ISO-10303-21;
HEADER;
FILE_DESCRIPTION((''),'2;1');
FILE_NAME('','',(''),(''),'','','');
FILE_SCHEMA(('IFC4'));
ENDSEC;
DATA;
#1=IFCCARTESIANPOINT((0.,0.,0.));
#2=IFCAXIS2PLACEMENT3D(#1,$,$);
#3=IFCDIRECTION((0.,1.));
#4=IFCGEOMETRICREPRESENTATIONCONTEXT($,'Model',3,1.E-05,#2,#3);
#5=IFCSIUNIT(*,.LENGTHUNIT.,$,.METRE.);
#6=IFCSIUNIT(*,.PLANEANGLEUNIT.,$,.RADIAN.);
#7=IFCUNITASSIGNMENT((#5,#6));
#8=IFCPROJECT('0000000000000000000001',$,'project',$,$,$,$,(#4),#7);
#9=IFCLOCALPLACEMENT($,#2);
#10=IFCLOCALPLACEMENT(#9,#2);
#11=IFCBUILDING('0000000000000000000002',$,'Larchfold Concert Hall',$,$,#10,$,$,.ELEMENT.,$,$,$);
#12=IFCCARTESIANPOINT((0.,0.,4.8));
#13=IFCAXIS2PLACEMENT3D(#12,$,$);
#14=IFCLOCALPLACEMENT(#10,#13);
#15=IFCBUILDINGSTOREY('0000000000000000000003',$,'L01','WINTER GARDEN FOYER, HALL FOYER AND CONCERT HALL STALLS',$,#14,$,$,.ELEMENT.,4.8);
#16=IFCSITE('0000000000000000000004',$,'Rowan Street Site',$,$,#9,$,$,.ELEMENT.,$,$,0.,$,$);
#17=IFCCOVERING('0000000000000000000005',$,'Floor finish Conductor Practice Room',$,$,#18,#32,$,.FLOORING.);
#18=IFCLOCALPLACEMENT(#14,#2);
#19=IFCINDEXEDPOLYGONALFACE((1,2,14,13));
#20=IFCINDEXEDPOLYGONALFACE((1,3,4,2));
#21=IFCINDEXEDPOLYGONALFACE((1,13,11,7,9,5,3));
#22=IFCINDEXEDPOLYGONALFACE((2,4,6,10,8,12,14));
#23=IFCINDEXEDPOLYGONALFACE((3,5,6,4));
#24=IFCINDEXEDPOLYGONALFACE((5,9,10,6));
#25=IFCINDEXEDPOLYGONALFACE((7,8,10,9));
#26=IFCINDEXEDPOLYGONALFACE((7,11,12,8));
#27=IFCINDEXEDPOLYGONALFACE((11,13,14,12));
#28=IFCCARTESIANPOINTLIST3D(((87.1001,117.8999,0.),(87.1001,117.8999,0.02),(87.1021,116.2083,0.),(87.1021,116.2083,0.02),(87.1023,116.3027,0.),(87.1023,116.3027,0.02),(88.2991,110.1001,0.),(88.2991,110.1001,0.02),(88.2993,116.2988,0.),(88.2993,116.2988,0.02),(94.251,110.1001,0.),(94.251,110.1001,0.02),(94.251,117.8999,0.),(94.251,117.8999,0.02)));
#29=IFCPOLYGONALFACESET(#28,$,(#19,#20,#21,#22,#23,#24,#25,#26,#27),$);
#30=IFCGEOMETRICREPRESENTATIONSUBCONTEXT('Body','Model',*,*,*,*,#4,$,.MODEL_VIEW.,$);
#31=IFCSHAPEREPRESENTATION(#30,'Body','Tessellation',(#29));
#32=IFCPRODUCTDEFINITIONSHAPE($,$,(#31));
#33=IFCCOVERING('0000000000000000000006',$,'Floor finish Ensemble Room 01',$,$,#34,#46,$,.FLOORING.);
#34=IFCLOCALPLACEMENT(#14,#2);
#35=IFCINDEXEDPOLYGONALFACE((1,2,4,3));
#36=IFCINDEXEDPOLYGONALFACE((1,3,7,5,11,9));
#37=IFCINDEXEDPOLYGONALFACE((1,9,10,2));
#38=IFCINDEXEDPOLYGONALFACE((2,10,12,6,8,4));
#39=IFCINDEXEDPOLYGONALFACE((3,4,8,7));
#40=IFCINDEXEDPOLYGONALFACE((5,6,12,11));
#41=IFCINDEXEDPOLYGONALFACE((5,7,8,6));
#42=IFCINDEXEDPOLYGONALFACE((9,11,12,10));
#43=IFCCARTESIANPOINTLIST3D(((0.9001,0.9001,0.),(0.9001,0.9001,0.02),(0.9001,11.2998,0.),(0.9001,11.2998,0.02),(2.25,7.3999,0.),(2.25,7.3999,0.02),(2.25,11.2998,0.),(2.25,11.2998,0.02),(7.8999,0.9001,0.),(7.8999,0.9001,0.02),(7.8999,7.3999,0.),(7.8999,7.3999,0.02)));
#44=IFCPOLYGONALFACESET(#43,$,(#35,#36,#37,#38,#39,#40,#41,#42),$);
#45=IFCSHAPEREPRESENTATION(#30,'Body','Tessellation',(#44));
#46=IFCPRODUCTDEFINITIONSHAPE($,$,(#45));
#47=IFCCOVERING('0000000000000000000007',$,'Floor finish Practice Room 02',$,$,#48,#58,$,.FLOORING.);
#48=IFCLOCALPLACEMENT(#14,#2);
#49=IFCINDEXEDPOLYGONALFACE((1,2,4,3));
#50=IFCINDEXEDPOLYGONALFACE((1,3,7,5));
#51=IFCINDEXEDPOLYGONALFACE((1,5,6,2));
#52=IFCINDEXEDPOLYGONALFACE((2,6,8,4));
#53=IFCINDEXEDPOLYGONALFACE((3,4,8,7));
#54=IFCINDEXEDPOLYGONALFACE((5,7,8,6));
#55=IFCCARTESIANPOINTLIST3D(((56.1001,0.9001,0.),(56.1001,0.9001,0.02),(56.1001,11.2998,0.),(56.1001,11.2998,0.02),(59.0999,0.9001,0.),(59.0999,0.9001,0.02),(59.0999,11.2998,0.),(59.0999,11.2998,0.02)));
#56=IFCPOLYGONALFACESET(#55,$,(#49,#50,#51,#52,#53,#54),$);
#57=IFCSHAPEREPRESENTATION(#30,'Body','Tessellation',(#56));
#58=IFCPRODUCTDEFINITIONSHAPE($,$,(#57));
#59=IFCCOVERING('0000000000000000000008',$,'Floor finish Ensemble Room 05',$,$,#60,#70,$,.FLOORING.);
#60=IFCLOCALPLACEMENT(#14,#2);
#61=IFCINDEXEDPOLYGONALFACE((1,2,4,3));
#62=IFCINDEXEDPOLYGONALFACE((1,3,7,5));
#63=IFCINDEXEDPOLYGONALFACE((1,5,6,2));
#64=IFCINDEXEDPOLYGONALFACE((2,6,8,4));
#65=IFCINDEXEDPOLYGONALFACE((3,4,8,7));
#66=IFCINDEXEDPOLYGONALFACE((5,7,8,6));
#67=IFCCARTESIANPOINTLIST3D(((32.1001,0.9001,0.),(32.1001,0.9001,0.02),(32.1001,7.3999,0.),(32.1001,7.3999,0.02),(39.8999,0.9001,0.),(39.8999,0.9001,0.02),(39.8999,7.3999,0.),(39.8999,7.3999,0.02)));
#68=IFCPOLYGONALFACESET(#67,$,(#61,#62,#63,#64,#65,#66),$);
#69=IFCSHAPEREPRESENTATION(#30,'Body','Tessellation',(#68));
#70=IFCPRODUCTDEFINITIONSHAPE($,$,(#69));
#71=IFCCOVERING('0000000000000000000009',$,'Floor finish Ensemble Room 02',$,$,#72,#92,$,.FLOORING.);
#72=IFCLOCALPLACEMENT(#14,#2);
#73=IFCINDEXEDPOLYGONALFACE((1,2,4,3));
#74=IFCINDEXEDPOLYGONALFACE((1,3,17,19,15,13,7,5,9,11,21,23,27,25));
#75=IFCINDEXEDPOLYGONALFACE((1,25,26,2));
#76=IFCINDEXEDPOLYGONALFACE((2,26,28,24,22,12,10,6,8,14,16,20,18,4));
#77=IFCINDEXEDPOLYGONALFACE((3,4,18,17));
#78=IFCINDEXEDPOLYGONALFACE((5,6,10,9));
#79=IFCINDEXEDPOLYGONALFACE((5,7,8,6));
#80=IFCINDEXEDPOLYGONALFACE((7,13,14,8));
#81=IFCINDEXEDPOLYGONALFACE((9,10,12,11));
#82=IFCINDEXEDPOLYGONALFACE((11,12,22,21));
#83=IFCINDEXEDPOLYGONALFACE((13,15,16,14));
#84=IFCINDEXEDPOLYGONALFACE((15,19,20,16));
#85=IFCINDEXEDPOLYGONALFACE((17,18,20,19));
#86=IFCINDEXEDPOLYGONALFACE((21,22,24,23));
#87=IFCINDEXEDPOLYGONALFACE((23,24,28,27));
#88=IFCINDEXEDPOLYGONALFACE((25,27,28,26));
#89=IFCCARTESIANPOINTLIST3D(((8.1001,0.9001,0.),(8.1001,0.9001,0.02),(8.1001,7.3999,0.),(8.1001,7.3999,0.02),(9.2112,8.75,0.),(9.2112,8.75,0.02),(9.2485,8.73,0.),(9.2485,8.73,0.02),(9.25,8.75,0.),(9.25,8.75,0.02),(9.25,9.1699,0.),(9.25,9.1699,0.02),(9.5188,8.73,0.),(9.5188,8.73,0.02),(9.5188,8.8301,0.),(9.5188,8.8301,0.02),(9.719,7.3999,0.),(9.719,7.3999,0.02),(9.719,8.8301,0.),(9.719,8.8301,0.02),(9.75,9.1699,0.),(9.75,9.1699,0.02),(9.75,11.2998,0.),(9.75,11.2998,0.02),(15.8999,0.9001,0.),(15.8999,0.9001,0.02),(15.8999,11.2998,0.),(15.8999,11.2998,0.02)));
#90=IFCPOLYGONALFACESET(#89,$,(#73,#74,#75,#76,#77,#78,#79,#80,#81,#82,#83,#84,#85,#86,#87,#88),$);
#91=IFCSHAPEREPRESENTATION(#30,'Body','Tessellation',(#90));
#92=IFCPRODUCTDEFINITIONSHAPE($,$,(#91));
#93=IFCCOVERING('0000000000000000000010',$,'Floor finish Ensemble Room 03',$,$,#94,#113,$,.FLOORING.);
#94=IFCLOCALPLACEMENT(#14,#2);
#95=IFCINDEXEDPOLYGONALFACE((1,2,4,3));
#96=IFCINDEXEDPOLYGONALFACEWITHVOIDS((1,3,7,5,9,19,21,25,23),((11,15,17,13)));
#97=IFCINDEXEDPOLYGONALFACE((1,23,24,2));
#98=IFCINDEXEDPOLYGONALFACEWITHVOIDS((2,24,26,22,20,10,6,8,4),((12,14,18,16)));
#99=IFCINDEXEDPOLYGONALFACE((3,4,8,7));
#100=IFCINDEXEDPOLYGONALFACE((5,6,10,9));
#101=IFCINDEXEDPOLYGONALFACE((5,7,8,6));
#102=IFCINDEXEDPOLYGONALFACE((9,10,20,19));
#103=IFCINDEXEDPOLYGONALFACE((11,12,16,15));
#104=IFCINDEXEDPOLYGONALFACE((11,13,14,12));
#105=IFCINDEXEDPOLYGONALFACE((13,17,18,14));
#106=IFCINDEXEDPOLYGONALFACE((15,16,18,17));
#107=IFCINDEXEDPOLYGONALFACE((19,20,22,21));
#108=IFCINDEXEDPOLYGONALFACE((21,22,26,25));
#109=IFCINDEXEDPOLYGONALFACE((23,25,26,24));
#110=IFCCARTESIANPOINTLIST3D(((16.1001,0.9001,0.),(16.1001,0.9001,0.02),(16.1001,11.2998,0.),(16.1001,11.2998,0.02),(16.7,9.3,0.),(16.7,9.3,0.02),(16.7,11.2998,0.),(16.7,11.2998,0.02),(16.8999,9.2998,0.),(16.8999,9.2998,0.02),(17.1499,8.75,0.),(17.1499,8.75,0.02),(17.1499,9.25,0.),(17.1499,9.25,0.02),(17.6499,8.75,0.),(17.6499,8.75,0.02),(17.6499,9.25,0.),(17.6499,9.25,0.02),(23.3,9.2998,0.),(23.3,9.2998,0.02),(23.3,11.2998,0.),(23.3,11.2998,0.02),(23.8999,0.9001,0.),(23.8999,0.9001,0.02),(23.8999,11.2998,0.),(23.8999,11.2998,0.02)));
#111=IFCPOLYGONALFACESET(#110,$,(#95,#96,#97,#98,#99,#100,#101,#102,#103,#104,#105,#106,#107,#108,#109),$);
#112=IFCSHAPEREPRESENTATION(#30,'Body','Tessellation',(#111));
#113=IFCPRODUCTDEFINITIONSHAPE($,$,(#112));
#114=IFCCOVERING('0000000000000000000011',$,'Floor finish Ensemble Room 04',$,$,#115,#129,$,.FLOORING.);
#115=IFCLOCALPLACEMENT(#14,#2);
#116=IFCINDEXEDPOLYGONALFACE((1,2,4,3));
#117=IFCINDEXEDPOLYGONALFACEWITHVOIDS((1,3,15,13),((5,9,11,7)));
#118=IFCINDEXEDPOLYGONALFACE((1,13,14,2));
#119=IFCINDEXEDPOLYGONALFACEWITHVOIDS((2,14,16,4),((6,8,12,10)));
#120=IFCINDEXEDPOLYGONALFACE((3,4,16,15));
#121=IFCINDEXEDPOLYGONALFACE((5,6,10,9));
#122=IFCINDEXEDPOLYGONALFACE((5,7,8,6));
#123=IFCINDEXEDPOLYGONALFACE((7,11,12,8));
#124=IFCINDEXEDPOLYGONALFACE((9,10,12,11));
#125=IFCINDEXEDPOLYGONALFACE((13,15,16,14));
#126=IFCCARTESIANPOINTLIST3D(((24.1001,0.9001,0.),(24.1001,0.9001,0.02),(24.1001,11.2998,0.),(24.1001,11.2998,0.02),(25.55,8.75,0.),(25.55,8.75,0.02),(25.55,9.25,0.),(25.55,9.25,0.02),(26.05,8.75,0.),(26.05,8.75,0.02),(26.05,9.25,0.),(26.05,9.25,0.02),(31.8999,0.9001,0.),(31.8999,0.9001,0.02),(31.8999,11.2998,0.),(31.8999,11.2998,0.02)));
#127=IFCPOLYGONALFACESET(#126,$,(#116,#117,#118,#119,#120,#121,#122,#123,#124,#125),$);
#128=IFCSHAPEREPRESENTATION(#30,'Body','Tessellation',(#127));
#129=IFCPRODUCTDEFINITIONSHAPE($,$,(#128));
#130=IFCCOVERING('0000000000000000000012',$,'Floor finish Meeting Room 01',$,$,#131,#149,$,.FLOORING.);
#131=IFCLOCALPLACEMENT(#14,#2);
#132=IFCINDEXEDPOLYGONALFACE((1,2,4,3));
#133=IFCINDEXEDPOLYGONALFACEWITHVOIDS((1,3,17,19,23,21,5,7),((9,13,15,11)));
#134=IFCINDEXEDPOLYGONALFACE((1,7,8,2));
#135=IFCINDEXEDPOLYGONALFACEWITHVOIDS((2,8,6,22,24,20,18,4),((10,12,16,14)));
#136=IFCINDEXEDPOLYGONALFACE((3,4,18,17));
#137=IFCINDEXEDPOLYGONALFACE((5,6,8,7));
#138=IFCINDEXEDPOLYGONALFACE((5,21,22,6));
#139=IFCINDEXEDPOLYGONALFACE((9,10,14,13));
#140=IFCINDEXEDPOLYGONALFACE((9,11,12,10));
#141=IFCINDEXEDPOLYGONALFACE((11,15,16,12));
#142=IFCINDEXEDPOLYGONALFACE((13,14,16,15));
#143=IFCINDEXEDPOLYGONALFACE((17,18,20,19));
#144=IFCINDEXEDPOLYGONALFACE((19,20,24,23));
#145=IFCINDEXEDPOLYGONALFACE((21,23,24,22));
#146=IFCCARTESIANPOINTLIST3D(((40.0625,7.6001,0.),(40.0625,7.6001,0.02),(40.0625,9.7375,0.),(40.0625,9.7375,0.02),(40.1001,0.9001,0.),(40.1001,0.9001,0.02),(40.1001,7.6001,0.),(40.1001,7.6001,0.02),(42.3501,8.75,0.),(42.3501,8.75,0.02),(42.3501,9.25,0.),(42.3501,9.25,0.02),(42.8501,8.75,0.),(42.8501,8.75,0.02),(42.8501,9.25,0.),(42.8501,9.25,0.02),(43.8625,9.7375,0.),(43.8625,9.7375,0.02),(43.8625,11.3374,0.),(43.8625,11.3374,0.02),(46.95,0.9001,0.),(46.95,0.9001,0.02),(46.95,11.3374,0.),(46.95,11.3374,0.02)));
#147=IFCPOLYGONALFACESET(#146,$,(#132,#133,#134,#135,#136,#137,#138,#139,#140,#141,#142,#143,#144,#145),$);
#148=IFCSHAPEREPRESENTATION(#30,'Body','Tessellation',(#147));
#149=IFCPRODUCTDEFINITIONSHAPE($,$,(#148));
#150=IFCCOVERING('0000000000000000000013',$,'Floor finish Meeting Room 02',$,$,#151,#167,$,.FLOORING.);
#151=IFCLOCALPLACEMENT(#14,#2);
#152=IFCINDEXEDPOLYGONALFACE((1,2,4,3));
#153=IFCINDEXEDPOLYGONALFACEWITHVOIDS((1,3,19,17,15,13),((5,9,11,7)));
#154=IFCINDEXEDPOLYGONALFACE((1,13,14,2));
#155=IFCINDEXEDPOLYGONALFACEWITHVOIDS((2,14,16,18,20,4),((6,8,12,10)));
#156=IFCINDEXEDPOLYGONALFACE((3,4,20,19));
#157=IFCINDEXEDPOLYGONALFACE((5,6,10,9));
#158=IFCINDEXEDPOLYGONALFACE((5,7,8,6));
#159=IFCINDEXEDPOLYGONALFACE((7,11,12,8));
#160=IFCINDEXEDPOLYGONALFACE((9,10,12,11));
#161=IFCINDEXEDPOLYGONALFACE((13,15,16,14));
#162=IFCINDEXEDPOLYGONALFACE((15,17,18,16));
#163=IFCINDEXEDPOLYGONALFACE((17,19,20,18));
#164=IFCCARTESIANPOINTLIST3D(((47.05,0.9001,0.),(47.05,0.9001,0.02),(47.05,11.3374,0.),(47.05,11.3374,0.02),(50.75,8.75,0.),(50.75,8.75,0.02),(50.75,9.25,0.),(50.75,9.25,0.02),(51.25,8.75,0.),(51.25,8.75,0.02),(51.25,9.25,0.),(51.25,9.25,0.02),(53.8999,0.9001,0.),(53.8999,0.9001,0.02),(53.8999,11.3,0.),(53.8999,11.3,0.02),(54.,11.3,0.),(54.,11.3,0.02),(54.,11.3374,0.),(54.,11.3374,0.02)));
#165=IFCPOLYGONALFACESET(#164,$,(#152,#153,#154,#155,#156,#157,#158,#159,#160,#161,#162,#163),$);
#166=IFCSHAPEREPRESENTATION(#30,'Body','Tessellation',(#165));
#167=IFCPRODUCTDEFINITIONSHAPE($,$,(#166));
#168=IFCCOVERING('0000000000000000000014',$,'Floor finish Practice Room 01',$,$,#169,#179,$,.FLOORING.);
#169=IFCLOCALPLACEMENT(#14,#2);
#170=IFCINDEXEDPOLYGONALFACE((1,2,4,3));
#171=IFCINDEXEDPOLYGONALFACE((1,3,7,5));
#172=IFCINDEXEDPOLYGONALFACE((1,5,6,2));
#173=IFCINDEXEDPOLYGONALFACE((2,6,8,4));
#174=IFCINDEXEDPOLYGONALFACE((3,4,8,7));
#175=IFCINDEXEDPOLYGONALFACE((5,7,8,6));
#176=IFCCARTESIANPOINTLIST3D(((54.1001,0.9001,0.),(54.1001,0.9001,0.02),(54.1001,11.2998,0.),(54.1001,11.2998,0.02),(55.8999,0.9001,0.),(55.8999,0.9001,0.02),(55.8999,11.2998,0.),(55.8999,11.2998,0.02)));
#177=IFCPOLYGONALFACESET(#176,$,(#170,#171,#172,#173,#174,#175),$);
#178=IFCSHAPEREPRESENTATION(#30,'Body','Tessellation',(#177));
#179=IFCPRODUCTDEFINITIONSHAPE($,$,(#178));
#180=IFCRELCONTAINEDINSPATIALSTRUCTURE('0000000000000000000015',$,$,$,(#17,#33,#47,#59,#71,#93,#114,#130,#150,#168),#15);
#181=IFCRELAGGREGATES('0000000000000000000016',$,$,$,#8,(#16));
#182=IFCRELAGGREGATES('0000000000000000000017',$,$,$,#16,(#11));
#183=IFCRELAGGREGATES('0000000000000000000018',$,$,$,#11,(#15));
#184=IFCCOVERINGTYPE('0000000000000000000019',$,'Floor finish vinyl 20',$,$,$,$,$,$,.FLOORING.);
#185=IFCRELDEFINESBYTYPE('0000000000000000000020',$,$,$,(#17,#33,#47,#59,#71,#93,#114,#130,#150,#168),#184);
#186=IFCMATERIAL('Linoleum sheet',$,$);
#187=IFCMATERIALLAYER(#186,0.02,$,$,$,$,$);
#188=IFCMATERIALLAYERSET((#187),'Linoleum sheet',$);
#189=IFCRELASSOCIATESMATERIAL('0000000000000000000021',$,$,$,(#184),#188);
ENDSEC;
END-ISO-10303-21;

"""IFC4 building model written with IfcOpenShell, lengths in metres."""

from ifc_helpers import new_model, si_unit, direction, frame, origin, place, context, subcontext, project, spatial, polyline, outline, extrude, material, layer, layer_set, type_object, element, save


model = new_model("IFC4")

# Units and contexts
model_context = context("Model", 3, precision=1e-05, world=origin(), true_north=direction((0.0, 1.0)))
body_context = subcontext(model_context, "Body", "Model", "MODEL_VIEW")
ifc_project = project(units=[si_unit("LENGTHUNIT", "METRE"), si_unit("PLANEANGLEUNIT", "RADIAN")], contexts=[model_context])

# Site, building, storey
site_placement = place(None, origin())
site = spatial("IfcSite", under=ifc_project, at=site_placement, Name="Rowan Street Site", CompositionType="ELEMENT", RefElevation=0.0)
building_placement = place(site_placement, origin())
building = spatial("IfcBuilding", under=site, at=building_placement, Name="Larchfold Concert Hall", CompositionType="ELEMENT")
storey_placement = place(building_placement, frame((0.0, 0.0, 4.8)))
storey = spatial("IfcBuildingStorey", under=building, at=storey_placement, Name="L01", Description="WINTER GARDEN FOYER, HALL FOYER AND CONCERT HALL STALLS", CompositionType="ELEMENT", Elevation=4.8)

# Coverings
ifc_material_1 = material(Name="Linoleum sheet")
ifc_layer_1 = layer(ifc_material_1, 0.02)
ifc_layer_set_1 = layer_set([ifc_layer_1], Name="Linoleum sheet")
covering_type_1 = type_object("IfcCoveringType", Name="Floor finish vinyl 20", PredefinedType="FLOORING", material=ifc_layer_set_1)
covering_1_placement = place(storey_placement, origin())
element("IfcCovering", 1, at=covering_1_placement, inside=storey, type_object=covering_type_1, Name="Floor finish Conductor Practice Room", PredefinedType="FLOORING", context=body_context, shape_type="SweptSolid", body=[
    extrude(outline(polyline([(87.1021, 116.2083), (87.1023, 116.3027), (88.2993, 116.2988), (88.2991, 110.1001), (94.251, 110.1001), (94.251, 117.8999), (87.1001, 117.8999), (87.1021, 116.2083)])), origin(), (0.0, 0.0, 1.0), 0.02),
])
covering_2_placement = place(storey_placement, origin())
element("IfcCovering", 2, at=covering_2_placement, inside=storey, type_object=covering_type_1, Name="Floor finish Ensemble Room 01", PredefinedType="FLOORING", context=body_context, shape_type="SweptSolid", body=[
    extrude(outline(polyline([(0.9001, 11.2998), (0.9001, 0.9001), (7.8999, 0.9001), (7.8999, 7.3999), (2.25, 7.3999), (2.25, 11.2998), (0.9001, 11.2998)])), origin(), (0.0, 0.0, 1.0), 0.02),
])
covering_3_placement = place(storey_placement, origin())
element("IfcCovering", 3, at=covering_3_placement, inside=storey, type_object=covering_type_1, Name="Floor finish Practice Room 02", PredefinedType="FLOORING", context=body_context, shape_type="SweptSolid", body=[
    extrude(outline(polyline([(59.0999, 0.9001), (59.0999, 11.2998), (56.1001, 11.2998), (56.1001, 0.9001), (59.0999, 0.9001)])), origin(), (0.0, 0.0, 1.0), 0.02),
])
covering_4_placement = place(storey_placement, origin())
element("IfcCovering", 4, at=covering_4_placement, inside=storey, type_object=covering_type_1, Name="Floor finish Ensemble Room 05", PredefinedType="FLOORING", context=body_context, shape_type="SweptSolid", body=[
    extrude(outline(polyline([(32.1001, 7.3999), (32.1001, 0.9001), (39.8999, 0.9001), (39.8999, 7.3999), (32.1001, 7.3999)])), origin(), (0.0, 0.0, 1.0), 0.02),
])
covering_5_placement = place(storey_placement, origin())
element("IfcCovering", 5, at=covering_5_placement, inside=storey, type_object=covering_type_1, Name="Floor finish Ensemble Room 02", PredefinedType="FLOORING", context=body_context, shape_type="SweptSolid", body=[
    extrude(outline(polyline([(8.1001, 7.3999), (8.1001, 0.9001), (15.8999, 0.9001), (15.8999, 11.2998), (9.75, 11.2998), (9.75, 9.1699), (9.25, 9.1699), (9.25, 8.75), (9.2112, 8.75), (9.2485, 8.73), (9.5188, 8.73), (9.5188, 8.8301), (9.719, 8.8301), (9.719, 7.3999), (8.1001, 7.3999)])), origin(), (0.0, 0.0, 1.0), 0.02),
])
covering_6_placement = place(storey_placement, origin())
element("IfcCovering", 6, at=covering_6_placement, inside=storey, type_object=covering_type_1, Name="Floor finish Ensemble Room 03", PredefinedType="FLOORING", context=body_context, shape_type="SweptSolid", body=[
    extrude(outline(polyline([(16.1001, 11.2998), (16.1001, 0.9001), (23.8999, 0.9001), (23.8999, 11.2998), (23.3, 11.2998), (23.3, 9.2998), (16.8999, 9.2998), (16.7, 9.3), (16.7, 11.2998), (16.1001, 11.2998)]), holes=[polyline([(17.6499, 9.25), (17.6499, 8.75), (17.1499, 8.75), (17.1499, 9.25), (17.6499, 9.25)])]), origin(), (0.0, 0.0, 1.0), 0.02),
])
covering_7_placement = place(storey_placement, origin())
element("IfcCovering", 7, at=covering_7_placement, inside=storey, type_object=covering_type_1, Name="Floor finish Ensemble Room 04", PredefinedType="FLOORING", context=body_context, shape_type="SweptSolid", body=[
    extrude(outline(polyline([(24.1001, 11.2998), (24.1001, 0.9001), (31.8999, 0.9001), (31.8999, 11.2998), (24.1001, 11.2998)]), holes=[polyline([(25.55, 8.75), (25.55, 9.25), (26.05, 9.25), (26.05, 8.75), (25.55, 8.75)])]), origin(), (0.0, 0.0, 1.0), 0.02),
])
covering_8_placement = place(storey_placement, origin())
element("IfcCovering", 8, at=covering_8_placement, inside=storey, type_object=covering_type_1, Name="Floor finish Meeting Room 01", PredefinedType="FLOORING", context=body_context, shape_type="SweptSolid", body=[
    extrude(outline(polyline([(40.1001, 0.9001), (46.95, 0.9001), (46.95, 11.3374), (43.8625, 11.3374), (43.8625, 9.7375), (40.0625, 9.7375), (40.0625, 7.6001), (40.1001, 7.6001), (40.1001, 0.9001)]), holes=[polyline([(42.8501, 8.75), (42.3501, 8.75), (42.3501, 9.25), (42.8501, 9.25), (42.8501, 8.75)])]), origin(), (0.0, 0.0, 1.0), 0.02),
])
covering_9_placement = place(storey_placement, origin())
element("IfcCovering", 9, at=covering_9_placement, inside=storey, type_object=covering_type_1, Name="Floor finish Meeting Room 02", PredefinedType="FLOORING", context=body_context, shape_type="SweptSolid", body=[
    extrude(outline(polyline([(54.0, 11.3), (54.0, 11.3374), (47.05, 11.3374), (47.05, 0.9001), (53.8999, 0.9001), (53.8999, 11.3), (54.0, 11.3)]), holes=[polyline([(50.75, 8.75), (50.75, 9.25), (51.25, 9.25), (51.25, 8.75), (50.75, 8.75)])]), origin(), (0.0, 0.0, 1.0), 0.02),
])
covering_10_placement = place(storey_placement, origin())
element("IfcCovering", 10, at=covering_10_placement, inside=storey, type_object=covering_type_1, Name="Floor finish Practice Room 01", PredefinedType="FLOORING", context=body_context, shape_type="SweptSolid", body=[
    extrude(outline(polyline([(54.1001, 0.9001), (55.8999, 0.9001), (55.8999, 11.2998), (54.1001, 11.2998), (54.1001, 0.9001)])), origin(), (0.0, 0.0, 1.0), 0.02),
])

save(model, "model.ifc")
